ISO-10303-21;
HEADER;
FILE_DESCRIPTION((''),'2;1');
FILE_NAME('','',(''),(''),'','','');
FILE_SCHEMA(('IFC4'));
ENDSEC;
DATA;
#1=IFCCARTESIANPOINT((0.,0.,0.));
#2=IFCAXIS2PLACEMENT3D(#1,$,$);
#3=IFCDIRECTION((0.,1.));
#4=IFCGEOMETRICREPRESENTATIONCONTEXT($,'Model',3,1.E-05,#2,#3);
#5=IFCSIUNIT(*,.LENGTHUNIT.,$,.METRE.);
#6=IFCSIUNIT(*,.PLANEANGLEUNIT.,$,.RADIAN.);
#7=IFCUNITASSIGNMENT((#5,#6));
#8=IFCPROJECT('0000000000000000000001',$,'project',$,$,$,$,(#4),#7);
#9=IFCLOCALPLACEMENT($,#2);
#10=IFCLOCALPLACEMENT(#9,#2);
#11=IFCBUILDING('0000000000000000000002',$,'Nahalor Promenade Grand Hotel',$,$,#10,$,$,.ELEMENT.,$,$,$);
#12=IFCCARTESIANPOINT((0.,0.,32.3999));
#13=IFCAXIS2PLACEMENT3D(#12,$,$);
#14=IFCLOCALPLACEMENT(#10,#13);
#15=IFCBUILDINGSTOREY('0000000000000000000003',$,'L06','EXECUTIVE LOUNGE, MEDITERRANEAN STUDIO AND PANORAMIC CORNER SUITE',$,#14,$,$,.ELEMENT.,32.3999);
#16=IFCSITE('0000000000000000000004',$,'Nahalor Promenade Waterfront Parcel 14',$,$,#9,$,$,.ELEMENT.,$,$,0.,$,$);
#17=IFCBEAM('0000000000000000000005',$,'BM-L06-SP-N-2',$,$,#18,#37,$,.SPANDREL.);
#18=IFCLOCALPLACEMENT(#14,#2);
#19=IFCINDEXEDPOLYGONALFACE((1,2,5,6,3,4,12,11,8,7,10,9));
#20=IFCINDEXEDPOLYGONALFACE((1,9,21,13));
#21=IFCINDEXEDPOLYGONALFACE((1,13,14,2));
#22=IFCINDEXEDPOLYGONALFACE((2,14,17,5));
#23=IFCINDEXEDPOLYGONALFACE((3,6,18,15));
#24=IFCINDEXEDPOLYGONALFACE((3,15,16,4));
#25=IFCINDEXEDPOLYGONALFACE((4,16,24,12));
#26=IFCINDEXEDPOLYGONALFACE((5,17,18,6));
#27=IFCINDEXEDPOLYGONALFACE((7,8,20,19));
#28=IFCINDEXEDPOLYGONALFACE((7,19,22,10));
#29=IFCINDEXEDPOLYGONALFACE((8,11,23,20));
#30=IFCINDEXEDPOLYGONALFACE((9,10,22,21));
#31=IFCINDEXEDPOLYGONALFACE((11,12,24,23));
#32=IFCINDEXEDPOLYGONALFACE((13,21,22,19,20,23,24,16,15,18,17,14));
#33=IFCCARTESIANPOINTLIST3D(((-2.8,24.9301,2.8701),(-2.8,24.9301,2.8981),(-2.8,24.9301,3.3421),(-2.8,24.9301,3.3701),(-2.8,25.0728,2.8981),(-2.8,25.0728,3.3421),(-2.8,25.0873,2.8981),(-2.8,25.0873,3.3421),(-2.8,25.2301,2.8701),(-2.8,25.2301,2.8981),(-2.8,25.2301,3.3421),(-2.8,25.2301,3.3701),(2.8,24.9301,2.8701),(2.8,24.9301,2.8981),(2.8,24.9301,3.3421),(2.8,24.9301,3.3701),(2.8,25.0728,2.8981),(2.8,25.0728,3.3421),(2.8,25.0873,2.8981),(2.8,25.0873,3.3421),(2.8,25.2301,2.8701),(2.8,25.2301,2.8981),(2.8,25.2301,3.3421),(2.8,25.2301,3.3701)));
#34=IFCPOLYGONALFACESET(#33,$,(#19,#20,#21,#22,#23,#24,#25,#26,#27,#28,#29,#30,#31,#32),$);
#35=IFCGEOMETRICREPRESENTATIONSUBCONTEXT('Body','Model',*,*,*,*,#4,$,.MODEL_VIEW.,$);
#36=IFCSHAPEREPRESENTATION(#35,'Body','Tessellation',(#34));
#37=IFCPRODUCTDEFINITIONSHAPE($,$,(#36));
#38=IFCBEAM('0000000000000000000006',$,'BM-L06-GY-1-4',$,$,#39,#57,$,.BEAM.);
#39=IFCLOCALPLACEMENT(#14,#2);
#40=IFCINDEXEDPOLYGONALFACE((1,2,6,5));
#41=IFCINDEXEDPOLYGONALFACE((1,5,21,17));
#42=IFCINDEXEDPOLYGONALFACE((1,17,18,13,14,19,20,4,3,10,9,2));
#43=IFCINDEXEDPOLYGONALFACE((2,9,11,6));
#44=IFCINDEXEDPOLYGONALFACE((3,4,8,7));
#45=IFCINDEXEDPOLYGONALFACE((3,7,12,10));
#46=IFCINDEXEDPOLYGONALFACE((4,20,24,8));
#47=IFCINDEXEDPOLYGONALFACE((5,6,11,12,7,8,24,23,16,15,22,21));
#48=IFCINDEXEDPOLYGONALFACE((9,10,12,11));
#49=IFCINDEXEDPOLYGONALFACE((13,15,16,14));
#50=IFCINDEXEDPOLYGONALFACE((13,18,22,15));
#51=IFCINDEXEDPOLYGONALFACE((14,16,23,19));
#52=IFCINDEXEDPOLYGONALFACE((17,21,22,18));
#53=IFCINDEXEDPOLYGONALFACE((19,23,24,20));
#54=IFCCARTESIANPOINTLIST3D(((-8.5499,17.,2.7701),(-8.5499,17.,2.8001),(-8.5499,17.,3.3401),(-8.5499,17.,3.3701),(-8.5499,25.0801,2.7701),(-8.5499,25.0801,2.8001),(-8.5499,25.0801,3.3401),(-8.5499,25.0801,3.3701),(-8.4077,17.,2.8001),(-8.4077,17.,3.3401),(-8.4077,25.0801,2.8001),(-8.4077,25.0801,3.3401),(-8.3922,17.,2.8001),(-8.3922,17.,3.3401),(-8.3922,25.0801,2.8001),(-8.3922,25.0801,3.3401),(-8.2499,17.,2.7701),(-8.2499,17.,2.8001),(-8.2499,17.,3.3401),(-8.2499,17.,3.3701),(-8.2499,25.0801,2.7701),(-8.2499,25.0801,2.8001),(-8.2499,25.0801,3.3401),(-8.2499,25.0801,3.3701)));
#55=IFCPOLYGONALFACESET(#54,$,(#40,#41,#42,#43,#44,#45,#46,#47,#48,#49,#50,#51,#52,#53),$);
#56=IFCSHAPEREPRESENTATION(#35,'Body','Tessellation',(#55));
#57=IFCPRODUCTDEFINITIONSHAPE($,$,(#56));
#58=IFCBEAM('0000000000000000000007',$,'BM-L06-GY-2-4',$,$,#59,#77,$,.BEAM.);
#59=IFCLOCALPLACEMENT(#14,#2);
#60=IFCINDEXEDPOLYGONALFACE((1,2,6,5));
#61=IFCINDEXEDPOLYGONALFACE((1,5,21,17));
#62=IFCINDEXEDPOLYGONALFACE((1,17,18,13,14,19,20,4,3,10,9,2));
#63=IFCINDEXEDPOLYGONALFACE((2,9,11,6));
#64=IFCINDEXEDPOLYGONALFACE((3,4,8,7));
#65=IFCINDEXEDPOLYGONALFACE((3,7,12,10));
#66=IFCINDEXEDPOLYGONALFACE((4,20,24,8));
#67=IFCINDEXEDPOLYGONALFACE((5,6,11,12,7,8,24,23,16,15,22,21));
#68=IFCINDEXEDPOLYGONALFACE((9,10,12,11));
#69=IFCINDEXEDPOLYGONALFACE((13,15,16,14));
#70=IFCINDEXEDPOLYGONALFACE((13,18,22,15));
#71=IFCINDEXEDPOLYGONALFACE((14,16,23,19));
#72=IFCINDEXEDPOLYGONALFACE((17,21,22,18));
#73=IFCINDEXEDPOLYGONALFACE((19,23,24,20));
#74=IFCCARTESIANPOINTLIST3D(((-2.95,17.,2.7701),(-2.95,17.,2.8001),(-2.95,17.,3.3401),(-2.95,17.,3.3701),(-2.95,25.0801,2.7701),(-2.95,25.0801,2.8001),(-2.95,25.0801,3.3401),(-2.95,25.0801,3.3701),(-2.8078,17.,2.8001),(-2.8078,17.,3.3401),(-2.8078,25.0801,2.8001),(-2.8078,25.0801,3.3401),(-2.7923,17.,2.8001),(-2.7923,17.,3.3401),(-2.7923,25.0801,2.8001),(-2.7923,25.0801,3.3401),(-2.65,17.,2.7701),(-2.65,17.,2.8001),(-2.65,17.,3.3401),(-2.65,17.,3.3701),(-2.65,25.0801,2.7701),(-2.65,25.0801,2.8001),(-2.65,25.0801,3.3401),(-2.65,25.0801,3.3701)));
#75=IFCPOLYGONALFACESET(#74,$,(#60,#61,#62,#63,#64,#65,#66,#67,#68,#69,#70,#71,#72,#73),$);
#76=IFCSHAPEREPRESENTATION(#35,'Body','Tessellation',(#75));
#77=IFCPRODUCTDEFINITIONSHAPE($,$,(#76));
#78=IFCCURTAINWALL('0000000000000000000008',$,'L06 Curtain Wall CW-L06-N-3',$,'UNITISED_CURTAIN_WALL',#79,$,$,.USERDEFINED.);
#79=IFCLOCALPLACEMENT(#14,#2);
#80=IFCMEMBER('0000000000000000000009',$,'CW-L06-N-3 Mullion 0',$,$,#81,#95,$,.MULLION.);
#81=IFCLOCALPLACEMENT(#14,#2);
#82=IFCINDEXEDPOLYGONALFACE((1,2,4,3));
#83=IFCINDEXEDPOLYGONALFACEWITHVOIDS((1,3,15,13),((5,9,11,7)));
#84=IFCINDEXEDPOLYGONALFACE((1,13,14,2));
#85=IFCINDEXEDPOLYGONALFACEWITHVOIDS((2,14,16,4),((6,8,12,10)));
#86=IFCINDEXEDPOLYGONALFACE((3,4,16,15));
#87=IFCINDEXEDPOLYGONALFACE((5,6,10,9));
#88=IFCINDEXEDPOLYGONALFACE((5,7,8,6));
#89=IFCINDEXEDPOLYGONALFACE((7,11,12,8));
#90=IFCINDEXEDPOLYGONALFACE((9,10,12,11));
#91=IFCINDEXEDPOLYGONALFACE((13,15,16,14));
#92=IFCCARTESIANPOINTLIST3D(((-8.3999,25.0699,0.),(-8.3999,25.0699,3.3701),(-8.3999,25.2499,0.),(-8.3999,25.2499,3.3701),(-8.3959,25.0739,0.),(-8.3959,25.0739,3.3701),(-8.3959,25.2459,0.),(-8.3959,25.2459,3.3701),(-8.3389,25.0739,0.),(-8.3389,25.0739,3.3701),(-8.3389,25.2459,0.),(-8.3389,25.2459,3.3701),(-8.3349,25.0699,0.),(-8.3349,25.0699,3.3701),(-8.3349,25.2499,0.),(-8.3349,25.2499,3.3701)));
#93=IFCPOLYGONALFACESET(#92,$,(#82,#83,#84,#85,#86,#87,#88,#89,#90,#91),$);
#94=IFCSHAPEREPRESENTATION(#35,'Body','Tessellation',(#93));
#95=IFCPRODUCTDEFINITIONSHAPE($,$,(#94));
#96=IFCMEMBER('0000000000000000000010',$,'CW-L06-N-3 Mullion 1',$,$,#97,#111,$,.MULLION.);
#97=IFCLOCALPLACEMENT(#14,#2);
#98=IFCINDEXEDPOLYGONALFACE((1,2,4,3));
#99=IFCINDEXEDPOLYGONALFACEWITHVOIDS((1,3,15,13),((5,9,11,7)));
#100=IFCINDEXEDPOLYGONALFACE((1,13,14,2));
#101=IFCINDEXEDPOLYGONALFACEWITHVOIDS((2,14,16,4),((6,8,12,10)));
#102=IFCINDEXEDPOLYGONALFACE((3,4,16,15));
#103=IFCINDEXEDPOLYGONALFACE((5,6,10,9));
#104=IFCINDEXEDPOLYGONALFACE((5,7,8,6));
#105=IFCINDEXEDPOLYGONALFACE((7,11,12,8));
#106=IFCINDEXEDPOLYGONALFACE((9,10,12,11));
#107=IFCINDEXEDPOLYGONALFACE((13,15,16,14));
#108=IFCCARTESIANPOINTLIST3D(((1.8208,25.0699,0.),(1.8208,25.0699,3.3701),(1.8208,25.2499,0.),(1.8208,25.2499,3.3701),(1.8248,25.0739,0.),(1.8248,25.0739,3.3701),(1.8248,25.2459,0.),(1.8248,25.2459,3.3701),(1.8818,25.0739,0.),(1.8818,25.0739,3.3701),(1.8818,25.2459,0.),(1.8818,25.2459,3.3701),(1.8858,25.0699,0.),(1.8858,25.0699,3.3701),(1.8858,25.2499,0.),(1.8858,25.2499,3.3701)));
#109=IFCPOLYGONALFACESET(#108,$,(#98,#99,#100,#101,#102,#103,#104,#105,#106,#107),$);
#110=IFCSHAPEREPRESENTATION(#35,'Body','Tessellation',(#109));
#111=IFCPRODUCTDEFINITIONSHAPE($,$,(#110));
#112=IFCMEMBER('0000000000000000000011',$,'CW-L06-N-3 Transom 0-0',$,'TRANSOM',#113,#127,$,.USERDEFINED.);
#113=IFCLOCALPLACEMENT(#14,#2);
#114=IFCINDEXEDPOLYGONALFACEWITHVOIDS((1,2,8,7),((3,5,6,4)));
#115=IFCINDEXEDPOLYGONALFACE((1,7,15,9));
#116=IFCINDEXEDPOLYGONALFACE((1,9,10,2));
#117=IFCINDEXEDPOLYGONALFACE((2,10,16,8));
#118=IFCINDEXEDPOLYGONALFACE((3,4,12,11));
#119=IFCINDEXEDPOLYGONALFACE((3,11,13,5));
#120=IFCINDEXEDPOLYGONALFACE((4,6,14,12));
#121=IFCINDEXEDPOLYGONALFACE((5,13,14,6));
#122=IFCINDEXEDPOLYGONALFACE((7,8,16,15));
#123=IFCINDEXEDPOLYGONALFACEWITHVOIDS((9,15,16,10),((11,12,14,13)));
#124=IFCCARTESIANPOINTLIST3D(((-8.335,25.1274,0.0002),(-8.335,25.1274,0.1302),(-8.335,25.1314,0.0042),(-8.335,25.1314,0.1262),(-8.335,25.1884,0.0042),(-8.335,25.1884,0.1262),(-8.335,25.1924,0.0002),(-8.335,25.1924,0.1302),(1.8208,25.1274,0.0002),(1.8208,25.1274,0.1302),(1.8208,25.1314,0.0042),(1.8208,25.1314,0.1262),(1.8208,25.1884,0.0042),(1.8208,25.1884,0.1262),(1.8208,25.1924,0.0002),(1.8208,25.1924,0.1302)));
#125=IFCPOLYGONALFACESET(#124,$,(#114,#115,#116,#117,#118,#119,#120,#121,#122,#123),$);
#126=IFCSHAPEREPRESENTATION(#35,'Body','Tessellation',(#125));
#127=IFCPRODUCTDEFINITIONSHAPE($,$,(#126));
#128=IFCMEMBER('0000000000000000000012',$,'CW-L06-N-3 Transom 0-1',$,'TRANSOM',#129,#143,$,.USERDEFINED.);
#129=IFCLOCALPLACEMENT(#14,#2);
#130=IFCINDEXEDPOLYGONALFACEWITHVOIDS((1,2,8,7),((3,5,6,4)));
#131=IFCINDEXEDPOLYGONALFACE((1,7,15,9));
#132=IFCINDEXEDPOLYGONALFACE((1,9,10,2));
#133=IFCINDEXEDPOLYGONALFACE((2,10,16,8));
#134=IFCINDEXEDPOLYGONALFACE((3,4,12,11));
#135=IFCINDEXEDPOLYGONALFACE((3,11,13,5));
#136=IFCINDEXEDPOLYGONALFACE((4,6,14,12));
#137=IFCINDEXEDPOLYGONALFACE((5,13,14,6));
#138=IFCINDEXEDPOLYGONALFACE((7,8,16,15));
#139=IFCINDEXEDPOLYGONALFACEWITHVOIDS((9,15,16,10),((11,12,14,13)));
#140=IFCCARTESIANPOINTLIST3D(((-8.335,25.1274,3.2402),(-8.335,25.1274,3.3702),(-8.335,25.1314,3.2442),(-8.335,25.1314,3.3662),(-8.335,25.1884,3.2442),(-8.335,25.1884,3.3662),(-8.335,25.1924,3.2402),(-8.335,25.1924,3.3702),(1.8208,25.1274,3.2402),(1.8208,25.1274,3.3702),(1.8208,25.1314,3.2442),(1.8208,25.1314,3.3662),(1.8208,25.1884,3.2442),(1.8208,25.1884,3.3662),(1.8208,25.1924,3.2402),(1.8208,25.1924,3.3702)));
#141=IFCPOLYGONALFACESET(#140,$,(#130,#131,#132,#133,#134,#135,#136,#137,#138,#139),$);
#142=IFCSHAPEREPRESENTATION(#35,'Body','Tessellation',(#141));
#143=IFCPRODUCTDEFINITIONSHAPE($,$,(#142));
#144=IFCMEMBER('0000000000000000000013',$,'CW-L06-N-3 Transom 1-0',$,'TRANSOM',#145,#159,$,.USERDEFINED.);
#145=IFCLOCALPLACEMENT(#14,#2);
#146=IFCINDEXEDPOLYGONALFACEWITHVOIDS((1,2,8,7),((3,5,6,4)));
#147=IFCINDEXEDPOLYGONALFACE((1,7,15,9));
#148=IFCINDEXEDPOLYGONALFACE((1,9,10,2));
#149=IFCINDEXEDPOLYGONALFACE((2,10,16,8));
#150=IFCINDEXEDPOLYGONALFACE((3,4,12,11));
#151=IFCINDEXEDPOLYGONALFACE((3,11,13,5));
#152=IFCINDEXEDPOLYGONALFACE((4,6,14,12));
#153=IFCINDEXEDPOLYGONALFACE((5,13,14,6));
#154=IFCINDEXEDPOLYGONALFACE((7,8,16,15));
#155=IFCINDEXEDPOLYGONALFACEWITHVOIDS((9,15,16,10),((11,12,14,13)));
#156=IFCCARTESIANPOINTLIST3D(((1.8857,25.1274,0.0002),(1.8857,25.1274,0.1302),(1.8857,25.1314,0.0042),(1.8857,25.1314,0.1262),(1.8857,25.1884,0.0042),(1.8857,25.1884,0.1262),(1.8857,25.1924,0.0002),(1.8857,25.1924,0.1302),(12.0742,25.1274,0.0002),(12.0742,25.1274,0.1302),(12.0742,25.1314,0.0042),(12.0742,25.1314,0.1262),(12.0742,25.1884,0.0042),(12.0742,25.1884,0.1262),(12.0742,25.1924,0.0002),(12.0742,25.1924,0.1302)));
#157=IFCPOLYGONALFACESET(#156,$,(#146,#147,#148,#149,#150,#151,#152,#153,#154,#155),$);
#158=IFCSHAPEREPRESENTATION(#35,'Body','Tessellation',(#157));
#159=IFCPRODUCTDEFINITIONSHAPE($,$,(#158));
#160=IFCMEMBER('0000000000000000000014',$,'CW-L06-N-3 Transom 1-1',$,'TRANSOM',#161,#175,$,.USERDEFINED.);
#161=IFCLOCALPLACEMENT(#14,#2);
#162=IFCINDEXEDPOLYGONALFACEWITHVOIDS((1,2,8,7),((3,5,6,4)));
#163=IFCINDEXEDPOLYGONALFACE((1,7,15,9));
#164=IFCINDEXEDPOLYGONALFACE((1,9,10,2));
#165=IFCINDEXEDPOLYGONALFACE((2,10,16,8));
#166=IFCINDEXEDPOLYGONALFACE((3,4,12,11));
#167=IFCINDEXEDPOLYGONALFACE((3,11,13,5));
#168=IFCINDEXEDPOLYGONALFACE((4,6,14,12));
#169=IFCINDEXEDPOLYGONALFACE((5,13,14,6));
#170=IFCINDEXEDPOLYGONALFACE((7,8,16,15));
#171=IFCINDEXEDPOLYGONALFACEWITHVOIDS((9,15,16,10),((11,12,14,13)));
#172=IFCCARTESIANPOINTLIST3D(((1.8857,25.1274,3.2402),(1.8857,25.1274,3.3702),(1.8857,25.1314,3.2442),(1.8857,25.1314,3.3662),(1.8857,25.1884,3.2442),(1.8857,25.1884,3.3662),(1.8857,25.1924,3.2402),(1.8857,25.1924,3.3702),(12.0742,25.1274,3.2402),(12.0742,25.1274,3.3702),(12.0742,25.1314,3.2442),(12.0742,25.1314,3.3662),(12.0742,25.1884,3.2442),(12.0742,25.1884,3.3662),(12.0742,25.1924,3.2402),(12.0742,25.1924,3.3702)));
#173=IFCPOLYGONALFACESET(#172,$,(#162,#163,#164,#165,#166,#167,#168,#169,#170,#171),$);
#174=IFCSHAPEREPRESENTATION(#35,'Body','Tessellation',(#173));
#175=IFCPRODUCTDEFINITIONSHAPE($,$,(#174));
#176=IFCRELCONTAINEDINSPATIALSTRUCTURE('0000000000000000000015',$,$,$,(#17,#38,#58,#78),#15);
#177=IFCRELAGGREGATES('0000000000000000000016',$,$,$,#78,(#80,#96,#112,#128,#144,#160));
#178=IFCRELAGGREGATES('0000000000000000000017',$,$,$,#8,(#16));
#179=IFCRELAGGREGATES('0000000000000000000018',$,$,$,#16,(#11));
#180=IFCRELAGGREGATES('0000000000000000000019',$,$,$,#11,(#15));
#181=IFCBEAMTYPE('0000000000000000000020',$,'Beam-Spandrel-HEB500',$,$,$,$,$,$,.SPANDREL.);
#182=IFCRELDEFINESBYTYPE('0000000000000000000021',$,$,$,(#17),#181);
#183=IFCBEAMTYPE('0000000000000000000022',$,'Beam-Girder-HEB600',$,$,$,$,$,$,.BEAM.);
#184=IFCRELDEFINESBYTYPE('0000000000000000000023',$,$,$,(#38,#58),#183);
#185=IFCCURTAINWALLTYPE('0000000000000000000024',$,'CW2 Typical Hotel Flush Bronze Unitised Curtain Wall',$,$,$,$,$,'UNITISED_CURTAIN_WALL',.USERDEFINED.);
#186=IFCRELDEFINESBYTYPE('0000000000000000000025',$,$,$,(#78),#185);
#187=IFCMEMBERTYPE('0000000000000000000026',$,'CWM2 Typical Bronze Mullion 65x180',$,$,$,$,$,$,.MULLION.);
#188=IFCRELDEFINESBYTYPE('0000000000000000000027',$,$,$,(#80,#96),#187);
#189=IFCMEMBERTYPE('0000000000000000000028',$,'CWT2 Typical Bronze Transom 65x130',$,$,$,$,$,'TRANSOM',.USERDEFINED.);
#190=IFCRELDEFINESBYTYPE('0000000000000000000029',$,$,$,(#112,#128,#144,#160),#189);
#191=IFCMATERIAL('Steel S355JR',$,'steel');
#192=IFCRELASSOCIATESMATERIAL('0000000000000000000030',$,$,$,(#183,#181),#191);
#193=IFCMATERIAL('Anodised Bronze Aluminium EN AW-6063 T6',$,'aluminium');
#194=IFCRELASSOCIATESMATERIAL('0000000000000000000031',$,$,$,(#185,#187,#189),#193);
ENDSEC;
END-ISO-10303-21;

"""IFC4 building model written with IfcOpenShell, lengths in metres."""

from ifc_helpers import new_model, si_unit, direction, frame, origin, origin_2d, place, context, subcontext, project, spatial, hollow_rectangle, i_section, extrude, source, transform, mapped, material, material_profile, profile_set, type_object, element, aggregate, save


model = new_model("IFC4")

# Units and contexts
model_context = context("Model", 3, precision=1e-05, world=origin(), true_north=direction((0.0, 1.0)))
body_context = subcontext(model_context, "Body", "Model", "MODEL_VIEW")
ifc_project = project(units=[si_unit("LENGTHUNIT", "METRE"), si_unit("PLANEANGLEUNIT", "RADIAN")], contexts=[model_context])

# Site, building, storey
site_placement = place(None, origin())
site = spatial("IfcSite", under=ifc_project, at=site_placement, Name="Nahalor Promenade Waterfront Parcel 14", CompositionType="ELEMENT", RefElevation=0.0)
building_placement = place(site_placement, origin())
building = spatial("IfcBuilding", under=site, at=building_placement, Name="Nahalor Promenade Grand Hotel", CompositionType="ELEMENT")
storey_placement = place(building_placement, frame((0.0, 0.0, 32.3999)))
storey = spatial("IfcBuildingStorey", under=building, at=storey_placement, Name="L06", Description="EXECUTIVE LOUNGE, MEDITERRANEAN STUDIO AND PANORAMIC CORNER SUITE", CompositionType="ELEMENT", Elevation=32.3999)

# Beams
ifc_material_1 = material(Name="Steel S355JR", Category="steel")
ifc_material_profile_1 = material_profile(ifc_material_1, i_section(OverallWidth=0.3, OverallDepth=0.6, WebThickness=0.0155, FlangeThickness=0.03, at=origin_2d()), Name="HEB 600")
ifc_profile_set_1 = profile_set([ifc_material_profile_1], Name="Steel S355JR")
beam_type_1 = type_object("IfcBeamType", Name="Beam-Girder-HEB600", PredefinedType="BEAM", material=ifc_profile_set_1)
ifc_material_profile_2 = material_profile(ifc_material_1, i_section(OverallWidth=0.3, OverallDepth=0.5, WebThickness=0.0145, FlangeThickness=0.028, at=origin_2d()), Name="HEB 500")
ifc_profile_set_2 = profile_set([ifc_material_profile_2], Name="Steel S355JR")
beam_type_2 = type_object("IfcBeamType", Name="Beam-Spandrel-HEB500", PredefinedType="SPANDREL", material=ifc_profile_set_2)
shared_shape_1 = source(origin(), body_context, "Body", "SweptSolid", [
    extrude(i_section(OverallWidth=0.3, OverallDepth=0.5, WebThickness=0.0145, FlangeThickness=0.028, at=origin_2d()), origin(), (0.0, 0.0, 1.0), 5.6001),
])
beam_1_placement = place(storey_placement, frame((-2.8, 25.0801, 3.1201), z_axis=(1.0, 0.0, 0.0), x_axis=(0.0, 1.0, 0.0)))
element("IfcBeam", 1, at=beam_1_placement, inside=storey, type_object=beam_type_2, Name="BM-L06-SP-N-2", PredefinedType="SPANDREL", context=body_context, shape_type="MappedRepresentation", body=[
    mapped(shared_shape_1, transform((0.0, 0.0, 0.0), scale=1.0)),
])
shared_shape_2 = source(origin(), body_context, "Body", "SweptSolid", [
    extrude(i_section(OverallWidth=0.3, OverallDepth=0.6, WebThickness=0.0155, FlangeThickness=0.03, at=origin_2d()), origin(), (0.0, 0.0, 1.0), 8.0801),
])
for number, where, z_axis, x_axis, name in (
    (2, (-8.3999, 17.0, 3.0701), (0.0, 1.0, 0.0), (-1.0, 0.0, 0.0), "BM-L06-GY-1-4"),
    (3, (-2.8, 17.0, 3.0701), (0.0, 1.0, 0.0), (-1.0, 0.0, 0.0), "BM-L06-GY-2-4"),
):
    element("IfcBeam", number, at=place(storey_placement, frame(where, z_axis=z_axis, x_axis=x_axis)), inside=storey, type_object=beam_type_1, Name=name, PredefinedType="BEAM", context=body_context, shape_type="MappedRepresentation", body=[
        mapped(shared_shape_2, transform((0.0, 0.0, 0.0), scale=1.0)),
    ])

# Curtain wall, members
ifc_material_2 = material(Name="Anodised Bronze Aluminium EN AW-6063 T6", Category="aluminium")
curtain_wall_type = type_object("IfcCurtainWallType", Name="CW2 Typical Hotel Flush Bronze Unitised Curtain Wall", ElementType="UNITISED_CURTAIN_WALL", PredefinedType="USERDEFINED", material=ifc_material_2)
curtain_wall_placement = place(storey_placement, origin())
curtain_wall = element("IfcCurtainWall", 4, at=curtain_wall_placement, inside=storey, type_object=curtain_wall_type, Name="L06 Curtain Wall CW-L06-N-3", ObjectType="UNITISED_CURTAIN_WALL", PredefinedType="USERDEFINED")
ifc_material_profile_3 = material_profile(ifc_material_2, hollow_rectangle(XDim=0.065, YDim=0.18, WallThickness=0.004, at=origin_2d()), Name="CWM 65x180x4")
ifc_profile_set_3 = profile_set([ifc_material_profile_3], Name="Anodised Bronze Aluminium EN AW-6063 T6")
member_type_1 = type_object("IfcMemberType", Name="CWM2 Typical Bronze Mullion 65x180", PredefinedType="MULLION", material=ifc_profile_set_3)
shared_shape_3 = source(origin(), body_context, "Body", "SweptSolid", [
    extrude(hollow_rectangle(XDim=0.065, YDim=0.18, WallThickness=0.004, at=origin_2d()), origin(), (0.0, 0.0, 1.0), 3.3701),
])
member_1_placement = place(storey_placement, frame((-8.3674, 25.1599, 0.0), z_axis=(0.0, 0.0, 1.0), x_axis=(1.0, 0.0, 0.0)))
member_1 = element("IfcMember", 5, at=member_1_placement, type_object=member_type_1, Name="CW-L06-N-3 Mullion 0", PredefinedType="MULLION", context=body_context, shape_type="MappedRepresentation", body=[
    mapped(shared_shape_3, transform((0.0, 0.0, 0.0), scale=1.0)),
])
member_2_placement = place(storey_placement, frame((1.8533, 25.1599, 0.0), z_axis=(0.0, 0.0, 1.0), x_axis=(1.0, 0.0, 0.0)))
member_2 = element("IfcMember", 6, at=member_2_placement, type_object=member_type_1, Name="CW-L06-N-3 Mullion 1", PredefinedType="MULLION", context=body_context, shape_type="MappedRepresentation", body=[
    mapped(shared_shape_3, transform((0.0, 0.0, 0.0), scale=1.0)),
])
ifc_material_profile_4 = material_profile(ifc_material_2, hollow_rectangle(XDim=0.065, YDim=0.13, WallThickness=0.004, at=origin_2d()), Name="CWT 65x130x4")
ifc_profile_set_4 = profile_set([ifc_material_profile_4], Name="Anodised Bronze Aluminium EN AW-6063 T6")
member_type_2 = type_object("IfcMemberType", Name="CWT2 Typical Bronze Transom 65x130", ElementType="TRANSOM", PredefinedType="USERDEFINED", material=ifc_profile_set_4)
shared_shape_4 = source(origin(), body_context, "Body", "SweptSolid", [
    extrude(hollow_rectangle(XDim=0.065, YDim=0.13, WallThickness=0.004, at=origin_2d()), origin(), (0.0, 0.0, 1.0), 10.1558),
])
member_3_placement = place(storey_placement, frame((-8.335, 25.1599, 0.0652), z_axis=(1.0, 0.0, 0.0), x_axis=(0.0, 1.0, 0.0)))
member_3 = element("IfcMember", 7, at=member_3_placement, type_object=member_type_2, Name="CW-L06-N-3 Transom 0-0", ObjectType="TRANSOM", PredefinedType="USERDEFINED", context=body_context, shape_type="MappedRepresentation", body=[
    mapped(shared_shape_4, transform((0.0, 0.0, 0.0), scale=1.0)),
])
member_4_placement = place(storey_placement, frame((-8.335, 25.1599, 3.3052), z_axis=(1.0, 0.0, 0.0), x_axis=(0.0, 1.0, 0.0)))
member_4 = element("IfcMember", 8, at=member_4_placement, type_object=member_type_2, Name="CW-L06-N-3 Transom 0-1", ObjectType="TRANSOM", PredefinedType="USERDEFINED", context=body_context, shape_type="MappedRepresentation", body=[
    mapped(shared_shape_4, transform((0.0, 0.0, 0.0), scale=1.0)),
])
shared_shape_5 = source(origin(), body_context, "Body", "SweptSolid", [
    extrude(hollow_rectangle(XDim=0.065, YDim=0.13, WallThickness=0.004, at=origin_2d()), origin(), (0.0, 0.0, 1.0), 10.1885),
])
member_5_placement = place(storey_placement, frame((1.8857, 25.1599, 0.0652), z_axis=(1.0, 0.0, 0.0), x_axis=(0.0, 1.0, 0.0)))
member_5 = element("IfcMember", 9, at=member_5_placement, type_object=member_type_2, Name="CW-L06-N-3 Transom 1-0", ObjectType="TRANSOM", PredefinedType="USERDEFINED", context=body_context, shape_type="MappedRepresentation", body=[
    mapped(shared_shape_5, transform((0.0, 0.0, 0.0), scale=1.0)),
])
member_6_placement = place(storey_placement, frame((1.8857, 25.1599, 3.3052), z_axis=(1.0, 0.0, 0.0), x_axis=(0.0, 1.0, 0.0)))
member_6 = element("IfcMember", 10, at=member_6_placement, type_object=member_type_2, Name="CW-L06-N-3 Transom 1-1", ObjectType="TRANSOM", PredefinedType="USERDEFINED", context=body_context, shape_type="MappedRepresentation", body=[
    mapped(shared_shape_5, transform((0.0, 0.0, 0.0), scale=1.0)),
])
aggregate(curtain_wall, [member_1, member_2, member_3, member_4, member_5, member_6])

save(model, "model.ifc")
